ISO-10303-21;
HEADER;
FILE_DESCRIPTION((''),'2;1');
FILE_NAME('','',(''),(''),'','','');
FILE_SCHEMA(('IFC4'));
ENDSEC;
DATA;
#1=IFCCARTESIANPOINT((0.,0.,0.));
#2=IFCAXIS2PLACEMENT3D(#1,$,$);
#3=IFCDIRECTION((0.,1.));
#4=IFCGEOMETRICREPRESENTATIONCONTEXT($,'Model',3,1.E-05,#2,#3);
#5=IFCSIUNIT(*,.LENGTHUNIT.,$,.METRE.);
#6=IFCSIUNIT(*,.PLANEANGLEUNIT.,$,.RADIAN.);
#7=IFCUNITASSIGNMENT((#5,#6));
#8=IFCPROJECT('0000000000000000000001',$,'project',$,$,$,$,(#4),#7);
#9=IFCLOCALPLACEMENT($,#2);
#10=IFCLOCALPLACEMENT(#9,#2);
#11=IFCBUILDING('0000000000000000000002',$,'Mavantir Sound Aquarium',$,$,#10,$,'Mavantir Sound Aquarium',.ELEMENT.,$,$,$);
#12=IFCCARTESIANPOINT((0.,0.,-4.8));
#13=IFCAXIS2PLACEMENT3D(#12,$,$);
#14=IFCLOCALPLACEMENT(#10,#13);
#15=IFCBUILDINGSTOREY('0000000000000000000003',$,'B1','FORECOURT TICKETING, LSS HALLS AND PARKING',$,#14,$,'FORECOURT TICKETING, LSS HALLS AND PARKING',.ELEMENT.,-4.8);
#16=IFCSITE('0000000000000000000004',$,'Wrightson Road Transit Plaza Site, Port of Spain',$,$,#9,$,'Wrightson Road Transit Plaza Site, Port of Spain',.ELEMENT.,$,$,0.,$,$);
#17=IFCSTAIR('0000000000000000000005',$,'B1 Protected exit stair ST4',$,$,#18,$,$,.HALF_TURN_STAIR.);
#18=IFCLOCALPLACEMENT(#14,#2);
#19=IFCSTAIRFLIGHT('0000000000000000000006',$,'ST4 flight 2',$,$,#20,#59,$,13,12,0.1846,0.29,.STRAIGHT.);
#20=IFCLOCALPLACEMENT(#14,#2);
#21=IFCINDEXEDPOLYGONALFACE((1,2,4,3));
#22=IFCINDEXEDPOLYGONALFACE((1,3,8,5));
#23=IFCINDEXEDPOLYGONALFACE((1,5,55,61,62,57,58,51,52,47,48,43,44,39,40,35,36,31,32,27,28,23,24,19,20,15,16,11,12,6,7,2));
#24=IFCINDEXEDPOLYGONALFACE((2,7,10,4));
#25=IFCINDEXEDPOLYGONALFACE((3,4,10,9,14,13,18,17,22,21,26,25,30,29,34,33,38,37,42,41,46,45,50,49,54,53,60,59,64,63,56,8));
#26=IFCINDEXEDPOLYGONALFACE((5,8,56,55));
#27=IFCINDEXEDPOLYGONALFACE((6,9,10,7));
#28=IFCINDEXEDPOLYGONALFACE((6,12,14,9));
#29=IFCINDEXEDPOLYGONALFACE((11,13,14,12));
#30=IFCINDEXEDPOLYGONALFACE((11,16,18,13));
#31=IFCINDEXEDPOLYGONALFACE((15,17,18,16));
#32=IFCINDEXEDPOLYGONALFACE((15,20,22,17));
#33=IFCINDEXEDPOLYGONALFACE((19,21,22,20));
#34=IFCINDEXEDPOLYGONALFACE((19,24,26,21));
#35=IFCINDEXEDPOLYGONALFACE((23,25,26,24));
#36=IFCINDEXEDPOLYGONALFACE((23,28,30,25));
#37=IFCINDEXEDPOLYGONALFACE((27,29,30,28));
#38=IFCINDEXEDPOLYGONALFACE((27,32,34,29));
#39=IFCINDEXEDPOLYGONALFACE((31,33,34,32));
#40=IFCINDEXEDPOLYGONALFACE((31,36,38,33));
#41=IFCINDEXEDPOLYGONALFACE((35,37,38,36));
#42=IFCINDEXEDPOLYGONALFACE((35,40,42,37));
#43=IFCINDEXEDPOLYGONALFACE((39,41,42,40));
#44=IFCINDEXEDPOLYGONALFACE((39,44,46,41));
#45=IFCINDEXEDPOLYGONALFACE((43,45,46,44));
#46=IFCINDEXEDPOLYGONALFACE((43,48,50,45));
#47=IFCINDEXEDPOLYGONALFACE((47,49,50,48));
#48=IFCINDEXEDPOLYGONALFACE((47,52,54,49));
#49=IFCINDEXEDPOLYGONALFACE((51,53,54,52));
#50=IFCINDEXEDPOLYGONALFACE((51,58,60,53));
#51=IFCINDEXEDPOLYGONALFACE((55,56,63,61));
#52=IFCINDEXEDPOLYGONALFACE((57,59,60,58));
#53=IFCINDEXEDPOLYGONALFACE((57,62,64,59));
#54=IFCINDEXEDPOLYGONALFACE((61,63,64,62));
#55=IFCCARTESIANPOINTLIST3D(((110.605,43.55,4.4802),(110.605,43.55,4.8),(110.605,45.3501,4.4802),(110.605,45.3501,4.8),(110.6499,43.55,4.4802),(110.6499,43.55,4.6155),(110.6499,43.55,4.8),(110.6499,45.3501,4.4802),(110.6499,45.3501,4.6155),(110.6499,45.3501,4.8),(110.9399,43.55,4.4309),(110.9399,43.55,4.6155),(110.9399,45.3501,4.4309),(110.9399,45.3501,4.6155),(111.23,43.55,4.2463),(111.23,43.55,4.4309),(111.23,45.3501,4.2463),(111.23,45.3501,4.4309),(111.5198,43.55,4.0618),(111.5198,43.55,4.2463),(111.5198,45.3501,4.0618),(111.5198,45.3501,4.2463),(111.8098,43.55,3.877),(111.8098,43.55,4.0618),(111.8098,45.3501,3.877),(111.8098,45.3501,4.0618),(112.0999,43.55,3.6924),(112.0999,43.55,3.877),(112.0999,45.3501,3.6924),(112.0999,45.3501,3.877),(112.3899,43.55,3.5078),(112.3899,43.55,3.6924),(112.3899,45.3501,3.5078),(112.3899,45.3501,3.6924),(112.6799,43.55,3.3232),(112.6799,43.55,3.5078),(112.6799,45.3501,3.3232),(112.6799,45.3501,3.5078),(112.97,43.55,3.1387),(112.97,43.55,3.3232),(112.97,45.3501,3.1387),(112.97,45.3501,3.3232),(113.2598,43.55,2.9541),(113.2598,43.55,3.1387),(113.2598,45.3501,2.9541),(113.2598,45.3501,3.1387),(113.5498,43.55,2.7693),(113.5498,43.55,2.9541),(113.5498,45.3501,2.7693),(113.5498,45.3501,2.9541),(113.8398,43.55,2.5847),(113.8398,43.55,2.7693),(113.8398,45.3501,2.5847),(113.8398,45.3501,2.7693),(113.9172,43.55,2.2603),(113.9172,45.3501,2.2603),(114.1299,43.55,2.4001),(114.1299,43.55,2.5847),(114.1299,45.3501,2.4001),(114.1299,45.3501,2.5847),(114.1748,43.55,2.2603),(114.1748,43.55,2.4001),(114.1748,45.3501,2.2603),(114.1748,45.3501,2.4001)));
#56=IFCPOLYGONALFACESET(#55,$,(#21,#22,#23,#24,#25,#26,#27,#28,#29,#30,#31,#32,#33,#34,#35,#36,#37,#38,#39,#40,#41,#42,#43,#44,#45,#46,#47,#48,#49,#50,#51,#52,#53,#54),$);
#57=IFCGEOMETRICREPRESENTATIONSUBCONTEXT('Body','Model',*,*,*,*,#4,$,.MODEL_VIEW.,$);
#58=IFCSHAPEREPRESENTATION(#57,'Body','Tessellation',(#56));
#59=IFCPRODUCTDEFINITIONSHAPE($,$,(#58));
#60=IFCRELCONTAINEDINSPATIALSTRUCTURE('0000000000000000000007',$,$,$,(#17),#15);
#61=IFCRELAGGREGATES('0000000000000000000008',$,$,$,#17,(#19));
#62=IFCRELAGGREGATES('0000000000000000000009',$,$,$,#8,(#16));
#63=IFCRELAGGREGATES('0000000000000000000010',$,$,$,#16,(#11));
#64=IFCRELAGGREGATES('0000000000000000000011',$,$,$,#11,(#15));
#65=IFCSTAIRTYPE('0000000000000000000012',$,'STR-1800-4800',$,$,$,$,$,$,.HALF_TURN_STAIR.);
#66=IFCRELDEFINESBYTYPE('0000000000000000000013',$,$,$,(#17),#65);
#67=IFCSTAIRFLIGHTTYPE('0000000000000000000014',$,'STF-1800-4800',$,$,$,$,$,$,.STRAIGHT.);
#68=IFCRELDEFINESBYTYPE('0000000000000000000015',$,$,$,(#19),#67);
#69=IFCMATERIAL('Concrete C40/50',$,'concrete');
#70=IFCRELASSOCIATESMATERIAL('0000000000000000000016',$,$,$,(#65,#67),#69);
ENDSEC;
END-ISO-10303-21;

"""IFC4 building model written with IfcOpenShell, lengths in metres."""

from ifc_helpers import new_model, si_unit, direction, frame, origin, place, context, subcontext, project, spatial, polyline, outline, extrude, material, type_object, element, aggregate, save


model = new_model("IFC4")

# Units and contexts
model_context = context("Model", 3, precision=1e-05, world=origin(), true_north=direction((0.0, 1.0)))
body_context = subcontext(model_context, "Body", "Model", "MODEL_VIEW")
ifc_project = project(units=[si_unit("LENGTHUNIT", "METRE"), si_unit("PLANEANGLEUNIT", "RADIAN")], contexts=[model_context])

# Site, building, storey
site_placement = place(None, origin())
site = spatial("IfcSite", under=ifc_project, at=site_placement, Name="Wrightson Road Transit Plaza Site, Port of Spain", LongName="Wrightson Road Transit Plaza Site, Port of Spain", CompositionType="ELEMENT", RefElevation=0.0)
building_placement = place(site_placement, origin())
building = spatial("IfcBuilding", under=site, at=building_placement, Name="Mavantir Sound Aquarium", LongName="Mavantir Sound Aquarium", CompositionType="ELEMENT")
storey_placement = place(building_placement, frame((0.0, 0.0, -4.8)))
storey = spatial("IfcBuildingStorey", under=building, at=storey_placement, Name="B1", Description="FORECOURT TICKETING, LSS HALLS AND PARKING", LongName="FORECOURT TICKETING, LSS HALLS AND PARKING", CompositionType="ELEMENT", Elevation=-4.8)

# Shared definitions
ifc_material_1 = material(Name="Concrete C40/50", Category="concrete")

# Stair, stair flight
stair_type = type_object("IfcStairType", Name="STR-1800-4800", PredefinedType="HALF_TURN_STAIR", material=ifc_material_1)
stair_placement = place(storey_placement, origin())
stair = element("IfcStair", 1, at=stair_placement, inside=storey, type_object=stair_type, Name="B1 Protected exit stair ST4", PredefinedType="HALF_TURN_STAIR")
stair_flight_type = type_object("IfcStairFlightType", Name="STF-1800-4800", PredefinedType="STRAIGHT", material=ifc_material_1)
stair_flight_placement = place(storey_placement, frame((114.1299, 44.45, 2.4001), z_axis=(0.0, 0.0, 1.0), x_axis=(-1.0, 0.0, 0.0)))
stair_flight = element("IfcStairFlight", 2, at=stair_flight_placement, type_object=stair_flight_type, Name="ST4 flight 2", NumberOfRisers=13, NumberOfTreads=12, PredefinedType="STRAIGHT", RiserHeight=0.1846, TreadLength=0.29, context=body_context, shape_type="SweptSolid", body=[
    extrude(outline(polyline([(-0.0449, -0.1399), (-0.0449, 0.0), (0.0, 0.0), (0.0, 0.1846), (0.29, 0.1846), (0.29, 0.3691), (0.5801, 0.3691), (0.5801, 0.554), (0.8701, 0.554), (0.8701, 0.7385), (1.1599, 0.7385), (1.1599, 0.9231), (1.45, 0.9231), (1.45, 1.1077), (1.74, 1.1077), (1.74, 1.2922), (2.03, 1.2922), (2.03, 1.4768), (2.3201, 1.4768), (2.3201, 1.6616), (2.6101, 1.6616), (2.6101, 1.8462), (2.8999, 1.8462), (2.8999, 2.0308), (3.1899, 2.0308), (3.1899, 2.2153), (3.48, 2.2153), (3.48, 2.3999), (3.5249, 2.3999), (3.5249, 2.0801), (3.48, 2.0801), (0.2126, -0.1399), (-0.0449, -0.1399)])), frame((0.0, 0.8999, 0.0), z_axis=(0.0, -1.0, 0.0), x_axis=(1.0, 0.0, 0.0)), (0.0, 0.0, 1.0), 1.8),
])
aggregate(stair, [stair_flight])

save(model, "model.ifc")
